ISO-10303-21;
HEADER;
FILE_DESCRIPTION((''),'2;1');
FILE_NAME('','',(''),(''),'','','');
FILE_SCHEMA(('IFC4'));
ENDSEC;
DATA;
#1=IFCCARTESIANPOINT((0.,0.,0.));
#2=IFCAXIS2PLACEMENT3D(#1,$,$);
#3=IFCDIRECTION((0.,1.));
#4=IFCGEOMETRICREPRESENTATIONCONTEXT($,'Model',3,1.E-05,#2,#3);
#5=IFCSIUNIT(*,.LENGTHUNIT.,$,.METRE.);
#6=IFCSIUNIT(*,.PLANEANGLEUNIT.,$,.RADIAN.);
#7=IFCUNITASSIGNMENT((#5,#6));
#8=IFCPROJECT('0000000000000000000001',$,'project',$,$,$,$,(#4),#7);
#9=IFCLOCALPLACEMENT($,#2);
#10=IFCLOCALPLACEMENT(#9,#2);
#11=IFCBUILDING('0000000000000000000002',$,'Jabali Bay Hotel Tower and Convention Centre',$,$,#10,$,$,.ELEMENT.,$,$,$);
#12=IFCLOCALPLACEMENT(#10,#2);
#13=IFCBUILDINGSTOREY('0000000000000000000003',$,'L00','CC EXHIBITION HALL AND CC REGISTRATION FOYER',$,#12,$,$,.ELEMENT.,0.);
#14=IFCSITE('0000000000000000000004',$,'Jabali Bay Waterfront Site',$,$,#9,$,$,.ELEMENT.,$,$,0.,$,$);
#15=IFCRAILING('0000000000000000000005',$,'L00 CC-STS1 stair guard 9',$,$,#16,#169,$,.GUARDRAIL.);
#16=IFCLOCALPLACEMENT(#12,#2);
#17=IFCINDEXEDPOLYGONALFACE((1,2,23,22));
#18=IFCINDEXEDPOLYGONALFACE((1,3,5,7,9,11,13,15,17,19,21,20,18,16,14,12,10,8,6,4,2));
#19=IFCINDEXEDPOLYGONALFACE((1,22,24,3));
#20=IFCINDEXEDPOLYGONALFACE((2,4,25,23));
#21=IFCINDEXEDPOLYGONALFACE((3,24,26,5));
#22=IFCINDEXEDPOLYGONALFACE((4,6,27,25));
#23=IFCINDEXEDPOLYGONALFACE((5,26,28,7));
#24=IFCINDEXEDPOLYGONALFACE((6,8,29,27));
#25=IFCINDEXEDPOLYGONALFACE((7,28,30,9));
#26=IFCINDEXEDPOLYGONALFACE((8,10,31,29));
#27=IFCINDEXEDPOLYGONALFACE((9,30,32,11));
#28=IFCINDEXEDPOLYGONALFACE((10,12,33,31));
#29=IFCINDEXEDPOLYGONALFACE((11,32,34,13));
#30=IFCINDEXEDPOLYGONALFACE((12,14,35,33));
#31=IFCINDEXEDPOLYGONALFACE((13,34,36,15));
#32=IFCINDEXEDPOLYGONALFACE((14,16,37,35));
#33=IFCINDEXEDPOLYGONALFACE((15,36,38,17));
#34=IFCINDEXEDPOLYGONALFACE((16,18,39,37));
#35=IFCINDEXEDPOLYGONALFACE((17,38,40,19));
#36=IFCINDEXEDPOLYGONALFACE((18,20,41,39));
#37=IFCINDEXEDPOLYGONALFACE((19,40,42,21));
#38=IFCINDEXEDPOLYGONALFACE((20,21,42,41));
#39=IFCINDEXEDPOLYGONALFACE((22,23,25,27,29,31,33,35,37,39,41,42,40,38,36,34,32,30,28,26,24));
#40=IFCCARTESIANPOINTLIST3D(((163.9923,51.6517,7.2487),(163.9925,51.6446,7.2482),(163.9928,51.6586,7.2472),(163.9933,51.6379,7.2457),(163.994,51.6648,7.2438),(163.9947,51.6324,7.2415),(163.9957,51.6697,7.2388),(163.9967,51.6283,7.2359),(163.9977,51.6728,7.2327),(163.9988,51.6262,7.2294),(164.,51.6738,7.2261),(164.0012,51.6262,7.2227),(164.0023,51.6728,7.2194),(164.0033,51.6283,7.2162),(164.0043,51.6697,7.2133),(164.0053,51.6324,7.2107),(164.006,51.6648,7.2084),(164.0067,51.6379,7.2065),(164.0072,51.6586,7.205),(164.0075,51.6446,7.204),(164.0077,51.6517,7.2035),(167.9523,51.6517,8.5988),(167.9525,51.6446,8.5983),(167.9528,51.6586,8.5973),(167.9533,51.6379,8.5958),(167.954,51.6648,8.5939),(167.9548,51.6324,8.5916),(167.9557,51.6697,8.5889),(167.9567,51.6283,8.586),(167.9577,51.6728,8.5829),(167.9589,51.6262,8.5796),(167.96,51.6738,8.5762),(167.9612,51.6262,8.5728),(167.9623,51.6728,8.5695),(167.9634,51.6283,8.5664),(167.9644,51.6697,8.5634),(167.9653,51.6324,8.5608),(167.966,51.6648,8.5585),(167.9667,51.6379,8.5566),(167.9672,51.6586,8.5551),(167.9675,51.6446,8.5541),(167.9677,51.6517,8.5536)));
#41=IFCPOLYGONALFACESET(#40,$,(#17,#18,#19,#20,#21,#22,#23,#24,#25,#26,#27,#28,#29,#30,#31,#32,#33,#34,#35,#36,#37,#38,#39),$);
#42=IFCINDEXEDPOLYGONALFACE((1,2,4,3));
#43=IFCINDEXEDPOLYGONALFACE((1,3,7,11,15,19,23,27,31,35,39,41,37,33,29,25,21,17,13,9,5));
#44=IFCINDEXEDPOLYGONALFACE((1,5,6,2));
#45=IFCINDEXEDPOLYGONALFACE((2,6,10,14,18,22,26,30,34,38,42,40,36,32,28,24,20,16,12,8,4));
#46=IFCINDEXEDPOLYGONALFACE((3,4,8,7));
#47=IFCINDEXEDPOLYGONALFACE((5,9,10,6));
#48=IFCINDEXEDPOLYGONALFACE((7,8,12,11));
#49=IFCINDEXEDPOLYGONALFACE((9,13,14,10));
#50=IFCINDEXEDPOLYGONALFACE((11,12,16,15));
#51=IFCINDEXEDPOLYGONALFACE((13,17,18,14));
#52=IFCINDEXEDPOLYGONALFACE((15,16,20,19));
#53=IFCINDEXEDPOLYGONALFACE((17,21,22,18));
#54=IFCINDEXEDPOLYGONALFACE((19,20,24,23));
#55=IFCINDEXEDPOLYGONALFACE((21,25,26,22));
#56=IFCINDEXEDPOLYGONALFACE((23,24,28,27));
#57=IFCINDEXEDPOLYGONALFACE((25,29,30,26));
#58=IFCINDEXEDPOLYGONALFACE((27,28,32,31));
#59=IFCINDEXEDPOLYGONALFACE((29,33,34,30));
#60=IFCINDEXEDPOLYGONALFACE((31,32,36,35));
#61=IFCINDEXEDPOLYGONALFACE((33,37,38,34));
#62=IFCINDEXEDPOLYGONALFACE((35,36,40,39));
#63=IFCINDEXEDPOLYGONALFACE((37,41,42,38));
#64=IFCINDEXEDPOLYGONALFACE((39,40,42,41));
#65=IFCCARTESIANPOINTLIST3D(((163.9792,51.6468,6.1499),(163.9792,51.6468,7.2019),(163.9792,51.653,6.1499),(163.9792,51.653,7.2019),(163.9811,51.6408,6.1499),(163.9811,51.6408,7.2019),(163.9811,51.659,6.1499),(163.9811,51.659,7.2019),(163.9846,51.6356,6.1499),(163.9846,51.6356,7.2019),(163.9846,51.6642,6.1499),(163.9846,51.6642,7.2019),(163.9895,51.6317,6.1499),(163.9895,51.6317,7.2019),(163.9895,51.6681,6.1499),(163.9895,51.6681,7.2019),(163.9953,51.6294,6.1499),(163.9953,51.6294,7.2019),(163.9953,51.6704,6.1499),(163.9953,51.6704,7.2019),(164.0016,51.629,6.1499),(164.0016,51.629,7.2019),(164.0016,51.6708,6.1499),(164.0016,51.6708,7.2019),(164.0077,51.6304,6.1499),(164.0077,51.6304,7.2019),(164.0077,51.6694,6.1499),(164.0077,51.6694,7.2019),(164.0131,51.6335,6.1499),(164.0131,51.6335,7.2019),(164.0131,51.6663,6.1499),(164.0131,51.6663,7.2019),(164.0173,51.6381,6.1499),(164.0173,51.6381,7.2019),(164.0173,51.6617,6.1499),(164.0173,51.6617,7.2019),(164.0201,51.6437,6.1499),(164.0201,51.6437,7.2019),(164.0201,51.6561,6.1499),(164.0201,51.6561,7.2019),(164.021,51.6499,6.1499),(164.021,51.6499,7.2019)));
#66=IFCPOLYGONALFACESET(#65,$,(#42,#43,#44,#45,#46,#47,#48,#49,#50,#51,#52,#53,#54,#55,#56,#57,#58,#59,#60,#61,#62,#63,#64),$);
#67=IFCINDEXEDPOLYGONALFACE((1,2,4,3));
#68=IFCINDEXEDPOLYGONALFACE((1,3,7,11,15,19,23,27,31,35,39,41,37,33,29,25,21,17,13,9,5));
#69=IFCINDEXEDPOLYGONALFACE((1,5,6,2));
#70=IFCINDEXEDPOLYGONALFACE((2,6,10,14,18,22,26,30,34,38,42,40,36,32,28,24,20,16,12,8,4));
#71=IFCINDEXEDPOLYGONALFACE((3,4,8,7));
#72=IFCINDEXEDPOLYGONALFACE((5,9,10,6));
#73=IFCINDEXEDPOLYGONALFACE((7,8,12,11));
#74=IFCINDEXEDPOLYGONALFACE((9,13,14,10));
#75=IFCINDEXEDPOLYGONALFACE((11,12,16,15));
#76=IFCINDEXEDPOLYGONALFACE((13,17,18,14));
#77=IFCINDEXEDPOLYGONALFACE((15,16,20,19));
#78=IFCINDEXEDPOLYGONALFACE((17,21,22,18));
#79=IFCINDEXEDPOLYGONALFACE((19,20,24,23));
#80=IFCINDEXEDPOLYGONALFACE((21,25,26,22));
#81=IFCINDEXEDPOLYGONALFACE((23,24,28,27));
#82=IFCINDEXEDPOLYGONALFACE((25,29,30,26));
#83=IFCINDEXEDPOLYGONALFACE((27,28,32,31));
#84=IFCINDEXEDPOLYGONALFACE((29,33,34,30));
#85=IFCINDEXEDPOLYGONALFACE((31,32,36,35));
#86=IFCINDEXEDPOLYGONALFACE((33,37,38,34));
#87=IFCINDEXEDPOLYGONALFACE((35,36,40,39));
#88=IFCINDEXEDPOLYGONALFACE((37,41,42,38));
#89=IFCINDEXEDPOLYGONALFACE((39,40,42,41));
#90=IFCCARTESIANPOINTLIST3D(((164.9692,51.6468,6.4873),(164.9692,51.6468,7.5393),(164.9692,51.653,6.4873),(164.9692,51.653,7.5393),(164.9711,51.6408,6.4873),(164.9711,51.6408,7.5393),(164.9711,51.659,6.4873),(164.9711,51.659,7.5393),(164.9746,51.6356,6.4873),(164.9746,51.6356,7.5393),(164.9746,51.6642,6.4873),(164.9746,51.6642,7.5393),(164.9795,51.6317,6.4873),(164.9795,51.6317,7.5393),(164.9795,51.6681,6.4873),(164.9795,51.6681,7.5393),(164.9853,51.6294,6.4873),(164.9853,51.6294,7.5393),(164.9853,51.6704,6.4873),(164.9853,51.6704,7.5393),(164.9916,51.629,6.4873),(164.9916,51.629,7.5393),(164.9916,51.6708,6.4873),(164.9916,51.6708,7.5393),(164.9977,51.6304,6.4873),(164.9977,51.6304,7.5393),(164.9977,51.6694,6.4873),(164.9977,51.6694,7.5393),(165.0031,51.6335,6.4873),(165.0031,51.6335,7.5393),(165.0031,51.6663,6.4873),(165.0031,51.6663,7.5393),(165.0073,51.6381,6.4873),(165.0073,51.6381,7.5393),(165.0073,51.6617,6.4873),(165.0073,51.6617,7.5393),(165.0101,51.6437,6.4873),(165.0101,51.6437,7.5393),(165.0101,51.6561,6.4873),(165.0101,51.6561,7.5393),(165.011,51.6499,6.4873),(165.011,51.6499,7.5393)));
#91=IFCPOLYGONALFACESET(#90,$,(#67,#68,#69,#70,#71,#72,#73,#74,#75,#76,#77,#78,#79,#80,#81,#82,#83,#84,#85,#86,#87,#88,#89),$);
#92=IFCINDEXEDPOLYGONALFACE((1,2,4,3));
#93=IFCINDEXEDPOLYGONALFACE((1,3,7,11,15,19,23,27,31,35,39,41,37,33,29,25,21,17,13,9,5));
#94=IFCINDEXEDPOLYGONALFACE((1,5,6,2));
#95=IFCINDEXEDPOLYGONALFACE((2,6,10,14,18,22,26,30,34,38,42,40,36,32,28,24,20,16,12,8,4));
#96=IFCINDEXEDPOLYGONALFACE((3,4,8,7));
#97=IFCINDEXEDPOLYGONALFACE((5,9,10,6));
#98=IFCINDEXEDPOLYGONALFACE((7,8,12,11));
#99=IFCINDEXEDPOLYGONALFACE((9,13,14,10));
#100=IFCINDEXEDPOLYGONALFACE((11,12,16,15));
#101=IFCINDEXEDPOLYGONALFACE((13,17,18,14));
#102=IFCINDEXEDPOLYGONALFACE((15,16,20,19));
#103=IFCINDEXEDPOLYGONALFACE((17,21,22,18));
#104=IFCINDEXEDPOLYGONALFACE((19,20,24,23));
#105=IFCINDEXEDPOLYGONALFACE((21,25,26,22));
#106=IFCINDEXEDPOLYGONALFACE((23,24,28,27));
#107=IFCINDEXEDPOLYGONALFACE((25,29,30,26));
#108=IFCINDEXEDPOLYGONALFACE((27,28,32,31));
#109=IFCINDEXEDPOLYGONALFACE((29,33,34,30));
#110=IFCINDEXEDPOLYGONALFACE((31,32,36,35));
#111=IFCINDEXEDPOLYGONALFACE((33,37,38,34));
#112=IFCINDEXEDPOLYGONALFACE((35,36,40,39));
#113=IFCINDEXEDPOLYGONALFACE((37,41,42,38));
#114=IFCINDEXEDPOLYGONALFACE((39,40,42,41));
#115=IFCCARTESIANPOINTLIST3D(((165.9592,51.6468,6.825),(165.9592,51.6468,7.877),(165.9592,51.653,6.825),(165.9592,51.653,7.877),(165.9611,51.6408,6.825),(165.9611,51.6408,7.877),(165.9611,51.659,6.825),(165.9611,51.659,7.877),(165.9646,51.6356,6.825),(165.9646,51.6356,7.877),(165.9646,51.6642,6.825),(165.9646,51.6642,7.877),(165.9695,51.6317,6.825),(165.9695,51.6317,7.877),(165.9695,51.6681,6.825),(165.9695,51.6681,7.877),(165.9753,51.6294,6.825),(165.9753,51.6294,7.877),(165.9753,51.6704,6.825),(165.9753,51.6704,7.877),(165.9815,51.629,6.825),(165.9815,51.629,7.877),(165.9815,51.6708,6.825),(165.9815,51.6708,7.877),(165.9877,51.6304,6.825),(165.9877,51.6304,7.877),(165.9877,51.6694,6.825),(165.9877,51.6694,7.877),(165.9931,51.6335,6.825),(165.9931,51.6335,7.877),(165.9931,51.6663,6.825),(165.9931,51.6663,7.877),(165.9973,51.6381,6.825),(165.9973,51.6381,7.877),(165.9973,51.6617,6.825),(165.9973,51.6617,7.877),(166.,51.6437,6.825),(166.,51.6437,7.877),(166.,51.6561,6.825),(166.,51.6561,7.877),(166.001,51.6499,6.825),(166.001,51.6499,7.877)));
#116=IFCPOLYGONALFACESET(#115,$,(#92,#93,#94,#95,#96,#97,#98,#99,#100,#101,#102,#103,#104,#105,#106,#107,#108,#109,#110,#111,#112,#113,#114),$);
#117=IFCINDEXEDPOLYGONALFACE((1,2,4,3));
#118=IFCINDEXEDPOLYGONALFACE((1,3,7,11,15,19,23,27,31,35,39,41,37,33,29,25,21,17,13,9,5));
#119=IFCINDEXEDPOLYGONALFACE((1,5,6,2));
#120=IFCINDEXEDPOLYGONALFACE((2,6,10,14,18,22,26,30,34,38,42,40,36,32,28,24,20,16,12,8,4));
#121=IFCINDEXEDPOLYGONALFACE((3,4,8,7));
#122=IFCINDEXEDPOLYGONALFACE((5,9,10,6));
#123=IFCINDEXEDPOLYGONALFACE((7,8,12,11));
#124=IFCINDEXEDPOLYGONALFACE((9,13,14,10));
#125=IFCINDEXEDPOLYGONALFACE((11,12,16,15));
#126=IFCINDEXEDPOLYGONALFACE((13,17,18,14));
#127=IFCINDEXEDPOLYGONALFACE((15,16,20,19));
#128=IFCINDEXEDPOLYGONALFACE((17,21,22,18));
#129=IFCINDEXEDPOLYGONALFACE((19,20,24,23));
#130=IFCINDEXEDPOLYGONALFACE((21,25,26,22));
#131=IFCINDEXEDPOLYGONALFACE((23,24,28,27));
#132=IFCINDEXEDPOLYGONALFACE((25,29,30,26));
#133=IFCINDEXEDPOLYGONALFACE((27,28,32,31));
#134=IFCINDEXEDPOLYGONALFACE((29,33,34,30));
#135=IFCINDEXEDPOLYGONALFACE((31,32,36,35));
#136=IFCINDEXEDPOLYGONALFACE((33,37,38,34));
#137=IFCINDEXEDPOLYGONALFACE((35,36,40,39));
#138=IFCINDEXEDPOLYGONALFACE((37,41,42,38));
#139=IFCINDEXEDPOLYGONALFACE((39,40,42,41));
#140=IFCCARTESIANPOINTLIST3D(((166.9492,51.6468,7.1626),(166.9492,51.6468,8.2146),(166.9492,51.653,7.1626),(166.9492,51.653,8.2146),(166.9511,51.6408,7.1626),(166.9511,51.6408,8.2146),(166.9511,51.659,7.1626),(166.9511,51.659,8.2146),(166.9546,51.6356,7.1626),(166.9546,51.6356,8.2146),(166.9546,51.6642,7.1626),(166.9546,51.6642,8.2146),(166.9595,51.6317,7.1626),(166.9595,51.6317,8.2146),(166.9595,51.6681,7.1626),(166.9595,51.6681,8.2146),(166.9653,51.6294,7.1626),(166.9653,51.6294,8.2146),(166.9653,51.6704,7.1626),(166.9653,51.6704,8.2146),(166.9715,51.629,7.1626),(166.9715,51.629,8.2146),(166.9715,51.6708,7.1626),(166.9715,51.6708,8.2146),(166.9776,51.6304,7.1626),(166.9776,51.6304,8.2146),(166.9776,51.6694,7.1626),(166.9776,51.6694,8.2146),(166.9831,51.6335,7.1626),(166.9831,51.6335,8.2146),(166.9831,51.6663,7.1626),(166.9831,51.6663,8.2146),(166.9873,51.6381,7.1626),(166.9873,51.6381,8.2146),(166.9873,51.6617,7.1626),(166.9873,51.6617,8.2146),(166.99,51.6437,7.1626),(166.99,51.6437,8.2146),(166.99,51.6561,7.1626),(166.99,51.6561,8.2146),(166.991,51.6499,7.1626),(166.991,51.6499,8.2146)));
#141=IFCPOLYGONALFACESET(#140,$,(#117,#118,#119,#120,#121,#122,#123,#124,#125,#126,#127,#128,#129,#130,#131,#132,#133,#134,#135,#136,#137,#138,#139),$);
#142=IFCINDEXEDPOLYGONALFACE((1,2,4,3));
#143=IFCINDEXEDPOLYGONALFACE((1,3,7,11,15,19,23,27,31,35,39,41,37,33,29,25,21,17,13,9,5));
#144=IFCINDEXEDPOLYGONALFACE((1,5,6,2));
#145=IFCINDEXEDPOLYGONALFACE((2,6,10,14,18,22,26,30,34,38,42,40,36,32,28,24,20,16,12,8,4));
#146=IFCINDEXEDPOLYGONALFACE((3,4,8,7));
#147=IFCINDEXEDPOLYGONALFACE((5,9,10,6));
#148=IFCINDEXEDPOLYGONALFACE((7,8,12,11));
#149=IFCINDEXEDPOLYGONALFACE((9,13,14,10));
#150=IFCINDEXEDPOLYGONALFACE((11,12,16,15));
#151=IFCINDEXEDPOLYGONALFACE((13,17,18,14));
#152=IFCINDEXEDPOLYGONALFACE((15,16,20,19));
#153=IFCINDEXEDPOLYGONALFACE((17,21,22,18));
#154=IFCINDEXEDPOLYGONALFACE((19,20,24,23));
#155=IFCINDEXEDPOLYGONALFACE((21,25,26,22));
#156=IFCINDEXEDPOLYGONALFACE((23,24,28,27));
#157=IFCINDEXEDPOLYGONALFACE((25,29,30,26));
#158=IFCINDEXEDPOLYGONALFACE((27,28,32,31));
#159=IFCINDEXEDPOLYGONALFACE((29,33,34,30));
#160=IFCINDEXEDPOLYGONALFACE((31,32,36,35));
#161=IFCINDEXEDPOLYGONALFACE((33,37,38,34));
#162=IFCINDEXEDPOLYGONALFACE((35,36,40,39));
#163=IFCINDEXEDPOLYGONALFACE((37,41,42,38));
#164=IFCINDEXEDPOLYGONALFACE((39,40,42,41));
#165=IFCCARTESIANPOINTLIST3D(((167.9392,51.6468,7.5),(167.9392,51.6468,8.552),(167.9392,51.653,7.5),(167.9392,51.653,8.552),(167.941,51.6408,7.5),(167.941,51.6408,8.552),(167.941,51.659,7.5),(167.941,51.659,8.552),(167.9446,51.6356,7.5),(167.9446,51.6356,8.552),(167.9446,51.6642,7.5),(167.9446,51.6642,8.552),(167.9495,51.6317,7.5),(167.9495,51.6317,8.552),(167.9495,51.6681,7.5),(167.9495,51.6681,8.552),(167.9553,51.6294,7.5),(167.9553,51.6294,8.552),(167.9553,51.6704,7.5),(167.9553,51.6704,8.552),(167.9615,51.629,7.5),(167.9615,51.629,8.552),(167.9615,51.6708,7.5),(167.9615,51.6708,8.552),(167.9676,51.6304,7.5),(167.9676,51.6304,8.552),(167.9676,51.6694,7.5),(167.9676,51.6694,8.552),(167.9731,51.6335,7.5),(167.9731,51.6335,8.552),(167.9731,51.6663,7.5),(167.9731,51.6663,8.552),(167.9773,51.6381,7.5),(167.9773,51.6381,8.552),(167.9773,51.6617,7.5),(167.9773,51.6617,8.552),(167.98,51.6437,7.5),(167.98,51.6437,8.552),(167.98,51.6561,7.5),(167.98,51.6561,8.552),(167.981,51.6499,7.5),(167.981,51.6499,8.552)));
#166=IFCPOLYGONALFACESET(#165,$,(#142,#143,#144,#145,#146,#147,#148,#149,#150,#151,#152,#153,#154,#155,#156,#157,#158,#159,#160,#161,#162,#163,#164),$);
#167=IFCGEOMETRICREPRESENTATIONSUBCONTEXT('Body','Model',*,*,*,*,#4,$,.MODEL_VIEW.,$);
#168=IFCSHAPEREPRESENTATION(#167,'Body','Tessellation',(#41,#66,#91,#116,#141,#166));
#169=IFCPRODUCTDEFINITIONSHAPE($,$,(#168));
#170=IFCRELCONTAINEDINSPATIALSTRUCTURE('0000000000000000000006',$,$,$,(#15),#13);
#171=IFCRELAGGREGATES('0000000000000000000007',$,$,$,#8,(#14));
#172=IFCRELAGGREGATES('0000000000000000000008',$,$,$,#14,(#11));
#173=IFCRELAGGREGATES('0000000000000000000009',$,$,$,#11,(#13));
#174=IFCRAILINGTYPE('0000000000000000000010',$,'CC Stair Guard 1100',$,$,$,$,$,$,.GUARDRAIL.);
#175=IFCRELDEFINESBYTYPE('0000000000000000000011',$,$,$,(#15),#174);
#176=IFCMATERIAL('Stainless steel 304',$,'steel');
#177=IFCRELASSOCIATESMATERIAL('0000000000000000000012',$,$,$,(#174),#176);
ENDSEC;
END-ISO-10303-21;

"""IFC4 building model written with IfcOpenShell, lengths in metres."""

from ifc_helpers import new_model, si_unit, direction, frame, origin, origin_2d, place, context, subcontext, project, spatial, circle, extrude, material, type_object, element, save


model = new_model("IFC4")

# Units and contexts
model_context = context("Model", 3, precision=1e-05, world=origin(), true_north=direction((0.0, 1.0)))
body_context = subcontext(model_context, "Body", "Model", "MODEL_VIEW")
ifc_project = project(units=[si_unit("LENGTHUNIT", "METRE"), si_unit("PLANEANGLEUNIT", "RADIAN")], contexts=[model_context])

# Site, building, storey
site_placement = place(None, origin())
site = spatial("IfcSite", under=ifc_project, at=site_placement, Name="Jabali Bay Waterfront Site", CompositionType="ELEMENT", RefElevation=0.0)
building_placement = place(site_placement, origin())
building = spatial("IfcBuilding", under=site, at=building_placement, Name="Jabali Bay Hotel Tower and Convention Centre", CompositionType="ELEMENT")
storey_placement = place(building_placement, origin())
storey = spatial("IfcBuildingStorey", under=building, at=storey_placement, Name="L00", Description="CC EXHIBITION HALL AND CC REGISTRATION FOYER", CompositionType="ELEMENT", Elevation=0.0)

# Railing
ifc_material_1 = material(Name="Stainless steel 304", Category="steel")
railing_type = type_object("IfcRailingType", Name="CC Stair Guard 1100", PredefinedType="GUARDRAIL", material=ifc_material_1)
railing_1_placement = place(storey_placement, frame((164.0, 51.6499, 6.1499)))
element("IfcRailing", 1, at=railing_1_placement, inside=storey, type_object=railing_type, Name="L00 CC-STS1 stair guard 9", PredefinedType="GUARDRAIL", context=body_context, shape_type="SweptSolid", body=[
    extrude(circle(Radius=0.0239, at=origin_2d()), frame((0.0, 0.0, 1.0762), z_axis=(0.946502, 0.0, 0.322698), x_axis=(0.0, 1.0, 0.0)), (0.0, 0.0, 1.0), 4.1838),
    extrude(circle(Radius=0.021, at=origin_2d()), origin(), (0.0, 0.0, 1.0), 1.052),
    extrude(circle(Radius=0.021, at=origin_2d()), frame((0.99, 0.0, 0.3374)), (0.0, 0.0, 1.0), 1.052),
    extrude(circle(Radius=0.021, at=origin_2d()), frame((1.98, 0.0, 0.675)), (0.0, 0.0, 1.0), 1.052),
    extrude(circle(Radius=0.021, at=origin_2d()), frame((2.97, 0.0, 1.0127)), (0.0, 0.0, 1.0), 1.052),
    extrude(circle(Radius=0.021, at=origin_2d()), frame((3.96, 0.0, 1.3501)), (0.0, 0.0, 1.0), 1.052),
])

save(model, "model.ifc")
